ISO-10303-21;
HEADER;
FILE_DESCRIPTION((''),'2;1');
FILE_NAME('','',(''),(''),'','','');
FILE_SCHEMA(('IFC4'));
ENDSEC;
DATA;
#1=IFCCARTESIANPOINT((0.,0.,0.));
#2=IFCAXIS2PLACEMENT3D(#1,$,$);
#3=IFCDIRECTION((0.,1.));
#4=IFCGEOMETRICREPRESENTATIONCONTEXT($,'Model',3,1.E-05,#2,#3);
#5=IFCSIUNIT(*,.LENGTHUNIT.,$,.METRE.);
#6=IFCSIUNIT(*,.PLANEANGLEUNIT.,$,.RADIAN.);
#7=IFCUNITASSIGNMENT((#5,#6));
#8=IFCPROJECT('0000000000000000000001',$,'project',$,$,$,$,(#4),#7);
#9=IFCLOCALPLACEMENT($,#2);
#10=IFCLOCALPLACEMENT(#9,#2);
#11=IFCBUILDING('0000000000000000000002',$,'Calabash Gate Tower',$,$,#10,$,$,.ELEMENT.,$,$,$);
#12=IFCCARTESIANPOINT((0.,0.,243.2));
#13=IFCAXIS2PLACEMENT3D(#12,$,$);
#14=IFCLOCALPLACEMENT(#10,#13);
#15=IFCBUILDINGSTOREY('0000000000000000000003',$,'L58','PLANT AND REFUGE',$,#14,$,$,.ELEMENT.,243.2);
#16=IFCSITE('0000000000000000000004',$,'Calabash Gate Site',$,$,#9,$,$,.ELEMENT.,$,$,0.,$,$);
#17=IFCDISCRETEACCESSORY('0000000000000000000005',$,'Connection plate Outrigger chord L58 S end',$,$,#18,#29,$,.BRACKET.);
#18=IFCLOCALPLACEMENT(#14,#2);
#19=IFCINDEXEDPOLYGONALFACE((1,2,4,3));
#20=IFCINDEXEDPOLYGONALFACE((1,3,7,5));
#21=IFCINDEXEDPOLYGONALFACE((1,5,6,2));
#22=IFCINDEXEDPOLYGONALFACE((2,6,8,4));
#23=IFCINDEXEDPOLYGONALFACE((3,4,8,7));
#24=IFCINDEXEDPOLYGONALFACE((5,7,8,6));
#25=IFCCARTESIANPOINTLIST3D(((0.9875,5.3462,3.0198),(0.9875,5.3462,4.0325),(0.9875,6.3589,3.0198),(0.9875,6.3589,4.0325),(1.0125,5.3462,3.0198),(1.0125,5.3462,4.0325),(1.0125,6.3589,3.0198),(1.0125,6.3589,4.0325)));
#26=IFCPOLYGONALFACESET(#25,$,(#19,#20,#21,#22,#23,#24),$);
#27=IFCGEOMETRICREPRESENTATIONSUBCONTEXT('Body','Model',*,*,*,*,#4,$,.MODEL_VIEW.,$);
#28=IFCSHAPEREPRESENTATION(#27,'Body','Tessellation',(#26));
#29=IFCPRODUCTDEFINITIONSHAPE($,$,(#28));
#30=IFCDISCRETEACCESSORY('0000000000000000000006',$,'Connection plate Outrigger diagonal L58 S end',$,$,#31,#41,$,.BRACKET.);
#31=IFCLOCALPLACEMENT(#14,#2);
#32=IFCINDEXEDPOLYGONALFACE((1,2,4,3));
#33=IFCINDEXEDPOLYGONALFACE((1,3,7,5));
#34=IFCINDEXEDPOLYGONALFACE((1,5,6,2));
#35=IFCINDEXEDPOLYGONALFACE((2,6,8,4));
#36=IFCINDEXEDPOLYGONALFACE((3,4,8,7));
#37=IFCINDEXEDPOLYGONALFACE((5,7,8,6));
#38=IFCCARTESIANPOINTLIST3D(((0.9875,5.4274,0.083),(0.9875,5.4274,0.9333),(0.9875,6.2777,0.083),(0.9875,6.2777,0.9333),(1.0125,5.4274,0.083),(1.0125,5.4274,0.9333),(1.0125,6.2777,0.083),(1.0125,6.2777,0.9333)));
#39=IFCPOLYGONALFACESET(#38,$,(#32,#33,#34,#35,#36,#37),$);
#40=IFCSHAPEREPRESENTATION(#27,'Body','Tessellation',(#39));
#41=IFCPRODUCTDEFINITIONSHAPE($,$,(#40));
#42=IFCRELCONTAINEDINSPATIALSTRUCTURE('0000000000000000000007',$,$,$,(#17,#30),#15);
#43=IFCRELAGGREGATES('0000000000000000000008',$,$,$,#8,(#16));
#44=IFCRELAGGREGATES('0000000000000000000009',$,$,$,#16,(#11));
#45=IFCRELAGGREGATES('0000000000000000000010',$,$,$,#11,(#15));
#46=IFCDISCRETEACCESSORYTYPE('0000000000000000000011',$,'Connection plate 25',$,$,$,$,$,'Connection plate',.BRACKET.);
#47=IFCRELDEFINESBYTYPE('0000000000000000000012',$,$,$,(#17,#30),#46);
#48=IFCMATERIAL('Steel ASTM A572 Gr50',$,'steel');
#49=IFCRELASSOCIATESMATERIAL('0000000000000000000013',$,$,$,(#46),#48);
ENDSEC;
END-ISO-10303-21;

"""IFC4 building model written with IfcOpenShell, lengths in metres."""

from ifc_helpers import new_model, si_unit, direction, frame, origin, origin_2d, place, context, subcontext, project, spatial, rectangle, extrude, material, type_object, element, save


model = new_model("IFC4")

# Units and contexts
model_context = context("Model", 3, precision=1e-05, world=origin(), true_north=direction((0.0, 1.0)))
body_context = subcontext(model_context, "Body", "Model", "MODEL_VIEW")
ifc_project = project(units=[si_unit("LENGTHUNIT", "METRE"), si_unit("PLANEANGLEUNIT", "RADIAN")], contexts=[model_context])

# Site, building, storey
site_placement = place(None, origin())
site = spatial("IfcSite", under=ifc_project, at=site_placement, Name="Calabash Gate Site", CompositionType="ELEMENT", RefElevation=0.0)
building_placement = place(site_placement, origin())
building = spatial("IfcBuilding", under=site, at=building_placement, Name="Calabash Gate Tower", CompositionType="ELEMENT")
storey_placement = place(building_placement, frame((0.0, 0.0, 243.2)))
storey = spatial("IfcBuildingStorey", under=building, at=storey_placement, Name="L58", Description="PLANT AND REFUGE", CompositionType="ELEMENT", Elevation=243.2)

# Discrete accessories
ifc_material_1 = material(Name="Steel ASTM A572 Gr50", Category="steel")
discrete_accessory_type = type_object("IfcDiscreteAccessoryType", Name="Connection plate 25", ElementType="Connection plate", PredefinedType="BRACKET", material=ifc_material_1)
for number, where, z_axis, x_axis, name in (
    (1, (1.0, 5.8525, 3.0198), (0.0, 0.0, 1.0), (0.0, 1.0, 0.0), "Connection plate Outrigger chord L58 S end"),
):
    element("IfcDiscreteAccessory", number, at=place(storey_placement, frame(where, z_axis=z_axis, x_axis=x_axis)), inside=storey, type_object=discrete_accessory_type, Name=name, PredefinedType="BRACKET", context=body_context, shape_type="SweptSolid", body=[
        extrude(rectangle(XDim=1.0127, YDim=0.0249, at=origin_2d()), origin(), (0.0, 0.0, 1.0), 1.0127),
    ])
discrete_accessory_placement = place(storey_placement, frame((1.0, 5.8525, 0.083), z_axis=(0.0, 0.0, 1.0), x_axis=(0.0, 1.0, 0.0)))
element("IfcDiscreteAccessory", 2, at=discrete_accessory_placement, inside=storey, type_object=discrete_accessory_type, Name="Connection plate Outrigger diagonal L58 S end", PredefinedType="BRACKET", context=body_context, shape_type="SweptSolid", body=[
    extrude(rectangle(XDim=0.8503, YDim=0.0249, at=origin_2d()), origin(), (0.0, 0.0, 1.0), 0.8503),
])

save(model, "model.ifc")
